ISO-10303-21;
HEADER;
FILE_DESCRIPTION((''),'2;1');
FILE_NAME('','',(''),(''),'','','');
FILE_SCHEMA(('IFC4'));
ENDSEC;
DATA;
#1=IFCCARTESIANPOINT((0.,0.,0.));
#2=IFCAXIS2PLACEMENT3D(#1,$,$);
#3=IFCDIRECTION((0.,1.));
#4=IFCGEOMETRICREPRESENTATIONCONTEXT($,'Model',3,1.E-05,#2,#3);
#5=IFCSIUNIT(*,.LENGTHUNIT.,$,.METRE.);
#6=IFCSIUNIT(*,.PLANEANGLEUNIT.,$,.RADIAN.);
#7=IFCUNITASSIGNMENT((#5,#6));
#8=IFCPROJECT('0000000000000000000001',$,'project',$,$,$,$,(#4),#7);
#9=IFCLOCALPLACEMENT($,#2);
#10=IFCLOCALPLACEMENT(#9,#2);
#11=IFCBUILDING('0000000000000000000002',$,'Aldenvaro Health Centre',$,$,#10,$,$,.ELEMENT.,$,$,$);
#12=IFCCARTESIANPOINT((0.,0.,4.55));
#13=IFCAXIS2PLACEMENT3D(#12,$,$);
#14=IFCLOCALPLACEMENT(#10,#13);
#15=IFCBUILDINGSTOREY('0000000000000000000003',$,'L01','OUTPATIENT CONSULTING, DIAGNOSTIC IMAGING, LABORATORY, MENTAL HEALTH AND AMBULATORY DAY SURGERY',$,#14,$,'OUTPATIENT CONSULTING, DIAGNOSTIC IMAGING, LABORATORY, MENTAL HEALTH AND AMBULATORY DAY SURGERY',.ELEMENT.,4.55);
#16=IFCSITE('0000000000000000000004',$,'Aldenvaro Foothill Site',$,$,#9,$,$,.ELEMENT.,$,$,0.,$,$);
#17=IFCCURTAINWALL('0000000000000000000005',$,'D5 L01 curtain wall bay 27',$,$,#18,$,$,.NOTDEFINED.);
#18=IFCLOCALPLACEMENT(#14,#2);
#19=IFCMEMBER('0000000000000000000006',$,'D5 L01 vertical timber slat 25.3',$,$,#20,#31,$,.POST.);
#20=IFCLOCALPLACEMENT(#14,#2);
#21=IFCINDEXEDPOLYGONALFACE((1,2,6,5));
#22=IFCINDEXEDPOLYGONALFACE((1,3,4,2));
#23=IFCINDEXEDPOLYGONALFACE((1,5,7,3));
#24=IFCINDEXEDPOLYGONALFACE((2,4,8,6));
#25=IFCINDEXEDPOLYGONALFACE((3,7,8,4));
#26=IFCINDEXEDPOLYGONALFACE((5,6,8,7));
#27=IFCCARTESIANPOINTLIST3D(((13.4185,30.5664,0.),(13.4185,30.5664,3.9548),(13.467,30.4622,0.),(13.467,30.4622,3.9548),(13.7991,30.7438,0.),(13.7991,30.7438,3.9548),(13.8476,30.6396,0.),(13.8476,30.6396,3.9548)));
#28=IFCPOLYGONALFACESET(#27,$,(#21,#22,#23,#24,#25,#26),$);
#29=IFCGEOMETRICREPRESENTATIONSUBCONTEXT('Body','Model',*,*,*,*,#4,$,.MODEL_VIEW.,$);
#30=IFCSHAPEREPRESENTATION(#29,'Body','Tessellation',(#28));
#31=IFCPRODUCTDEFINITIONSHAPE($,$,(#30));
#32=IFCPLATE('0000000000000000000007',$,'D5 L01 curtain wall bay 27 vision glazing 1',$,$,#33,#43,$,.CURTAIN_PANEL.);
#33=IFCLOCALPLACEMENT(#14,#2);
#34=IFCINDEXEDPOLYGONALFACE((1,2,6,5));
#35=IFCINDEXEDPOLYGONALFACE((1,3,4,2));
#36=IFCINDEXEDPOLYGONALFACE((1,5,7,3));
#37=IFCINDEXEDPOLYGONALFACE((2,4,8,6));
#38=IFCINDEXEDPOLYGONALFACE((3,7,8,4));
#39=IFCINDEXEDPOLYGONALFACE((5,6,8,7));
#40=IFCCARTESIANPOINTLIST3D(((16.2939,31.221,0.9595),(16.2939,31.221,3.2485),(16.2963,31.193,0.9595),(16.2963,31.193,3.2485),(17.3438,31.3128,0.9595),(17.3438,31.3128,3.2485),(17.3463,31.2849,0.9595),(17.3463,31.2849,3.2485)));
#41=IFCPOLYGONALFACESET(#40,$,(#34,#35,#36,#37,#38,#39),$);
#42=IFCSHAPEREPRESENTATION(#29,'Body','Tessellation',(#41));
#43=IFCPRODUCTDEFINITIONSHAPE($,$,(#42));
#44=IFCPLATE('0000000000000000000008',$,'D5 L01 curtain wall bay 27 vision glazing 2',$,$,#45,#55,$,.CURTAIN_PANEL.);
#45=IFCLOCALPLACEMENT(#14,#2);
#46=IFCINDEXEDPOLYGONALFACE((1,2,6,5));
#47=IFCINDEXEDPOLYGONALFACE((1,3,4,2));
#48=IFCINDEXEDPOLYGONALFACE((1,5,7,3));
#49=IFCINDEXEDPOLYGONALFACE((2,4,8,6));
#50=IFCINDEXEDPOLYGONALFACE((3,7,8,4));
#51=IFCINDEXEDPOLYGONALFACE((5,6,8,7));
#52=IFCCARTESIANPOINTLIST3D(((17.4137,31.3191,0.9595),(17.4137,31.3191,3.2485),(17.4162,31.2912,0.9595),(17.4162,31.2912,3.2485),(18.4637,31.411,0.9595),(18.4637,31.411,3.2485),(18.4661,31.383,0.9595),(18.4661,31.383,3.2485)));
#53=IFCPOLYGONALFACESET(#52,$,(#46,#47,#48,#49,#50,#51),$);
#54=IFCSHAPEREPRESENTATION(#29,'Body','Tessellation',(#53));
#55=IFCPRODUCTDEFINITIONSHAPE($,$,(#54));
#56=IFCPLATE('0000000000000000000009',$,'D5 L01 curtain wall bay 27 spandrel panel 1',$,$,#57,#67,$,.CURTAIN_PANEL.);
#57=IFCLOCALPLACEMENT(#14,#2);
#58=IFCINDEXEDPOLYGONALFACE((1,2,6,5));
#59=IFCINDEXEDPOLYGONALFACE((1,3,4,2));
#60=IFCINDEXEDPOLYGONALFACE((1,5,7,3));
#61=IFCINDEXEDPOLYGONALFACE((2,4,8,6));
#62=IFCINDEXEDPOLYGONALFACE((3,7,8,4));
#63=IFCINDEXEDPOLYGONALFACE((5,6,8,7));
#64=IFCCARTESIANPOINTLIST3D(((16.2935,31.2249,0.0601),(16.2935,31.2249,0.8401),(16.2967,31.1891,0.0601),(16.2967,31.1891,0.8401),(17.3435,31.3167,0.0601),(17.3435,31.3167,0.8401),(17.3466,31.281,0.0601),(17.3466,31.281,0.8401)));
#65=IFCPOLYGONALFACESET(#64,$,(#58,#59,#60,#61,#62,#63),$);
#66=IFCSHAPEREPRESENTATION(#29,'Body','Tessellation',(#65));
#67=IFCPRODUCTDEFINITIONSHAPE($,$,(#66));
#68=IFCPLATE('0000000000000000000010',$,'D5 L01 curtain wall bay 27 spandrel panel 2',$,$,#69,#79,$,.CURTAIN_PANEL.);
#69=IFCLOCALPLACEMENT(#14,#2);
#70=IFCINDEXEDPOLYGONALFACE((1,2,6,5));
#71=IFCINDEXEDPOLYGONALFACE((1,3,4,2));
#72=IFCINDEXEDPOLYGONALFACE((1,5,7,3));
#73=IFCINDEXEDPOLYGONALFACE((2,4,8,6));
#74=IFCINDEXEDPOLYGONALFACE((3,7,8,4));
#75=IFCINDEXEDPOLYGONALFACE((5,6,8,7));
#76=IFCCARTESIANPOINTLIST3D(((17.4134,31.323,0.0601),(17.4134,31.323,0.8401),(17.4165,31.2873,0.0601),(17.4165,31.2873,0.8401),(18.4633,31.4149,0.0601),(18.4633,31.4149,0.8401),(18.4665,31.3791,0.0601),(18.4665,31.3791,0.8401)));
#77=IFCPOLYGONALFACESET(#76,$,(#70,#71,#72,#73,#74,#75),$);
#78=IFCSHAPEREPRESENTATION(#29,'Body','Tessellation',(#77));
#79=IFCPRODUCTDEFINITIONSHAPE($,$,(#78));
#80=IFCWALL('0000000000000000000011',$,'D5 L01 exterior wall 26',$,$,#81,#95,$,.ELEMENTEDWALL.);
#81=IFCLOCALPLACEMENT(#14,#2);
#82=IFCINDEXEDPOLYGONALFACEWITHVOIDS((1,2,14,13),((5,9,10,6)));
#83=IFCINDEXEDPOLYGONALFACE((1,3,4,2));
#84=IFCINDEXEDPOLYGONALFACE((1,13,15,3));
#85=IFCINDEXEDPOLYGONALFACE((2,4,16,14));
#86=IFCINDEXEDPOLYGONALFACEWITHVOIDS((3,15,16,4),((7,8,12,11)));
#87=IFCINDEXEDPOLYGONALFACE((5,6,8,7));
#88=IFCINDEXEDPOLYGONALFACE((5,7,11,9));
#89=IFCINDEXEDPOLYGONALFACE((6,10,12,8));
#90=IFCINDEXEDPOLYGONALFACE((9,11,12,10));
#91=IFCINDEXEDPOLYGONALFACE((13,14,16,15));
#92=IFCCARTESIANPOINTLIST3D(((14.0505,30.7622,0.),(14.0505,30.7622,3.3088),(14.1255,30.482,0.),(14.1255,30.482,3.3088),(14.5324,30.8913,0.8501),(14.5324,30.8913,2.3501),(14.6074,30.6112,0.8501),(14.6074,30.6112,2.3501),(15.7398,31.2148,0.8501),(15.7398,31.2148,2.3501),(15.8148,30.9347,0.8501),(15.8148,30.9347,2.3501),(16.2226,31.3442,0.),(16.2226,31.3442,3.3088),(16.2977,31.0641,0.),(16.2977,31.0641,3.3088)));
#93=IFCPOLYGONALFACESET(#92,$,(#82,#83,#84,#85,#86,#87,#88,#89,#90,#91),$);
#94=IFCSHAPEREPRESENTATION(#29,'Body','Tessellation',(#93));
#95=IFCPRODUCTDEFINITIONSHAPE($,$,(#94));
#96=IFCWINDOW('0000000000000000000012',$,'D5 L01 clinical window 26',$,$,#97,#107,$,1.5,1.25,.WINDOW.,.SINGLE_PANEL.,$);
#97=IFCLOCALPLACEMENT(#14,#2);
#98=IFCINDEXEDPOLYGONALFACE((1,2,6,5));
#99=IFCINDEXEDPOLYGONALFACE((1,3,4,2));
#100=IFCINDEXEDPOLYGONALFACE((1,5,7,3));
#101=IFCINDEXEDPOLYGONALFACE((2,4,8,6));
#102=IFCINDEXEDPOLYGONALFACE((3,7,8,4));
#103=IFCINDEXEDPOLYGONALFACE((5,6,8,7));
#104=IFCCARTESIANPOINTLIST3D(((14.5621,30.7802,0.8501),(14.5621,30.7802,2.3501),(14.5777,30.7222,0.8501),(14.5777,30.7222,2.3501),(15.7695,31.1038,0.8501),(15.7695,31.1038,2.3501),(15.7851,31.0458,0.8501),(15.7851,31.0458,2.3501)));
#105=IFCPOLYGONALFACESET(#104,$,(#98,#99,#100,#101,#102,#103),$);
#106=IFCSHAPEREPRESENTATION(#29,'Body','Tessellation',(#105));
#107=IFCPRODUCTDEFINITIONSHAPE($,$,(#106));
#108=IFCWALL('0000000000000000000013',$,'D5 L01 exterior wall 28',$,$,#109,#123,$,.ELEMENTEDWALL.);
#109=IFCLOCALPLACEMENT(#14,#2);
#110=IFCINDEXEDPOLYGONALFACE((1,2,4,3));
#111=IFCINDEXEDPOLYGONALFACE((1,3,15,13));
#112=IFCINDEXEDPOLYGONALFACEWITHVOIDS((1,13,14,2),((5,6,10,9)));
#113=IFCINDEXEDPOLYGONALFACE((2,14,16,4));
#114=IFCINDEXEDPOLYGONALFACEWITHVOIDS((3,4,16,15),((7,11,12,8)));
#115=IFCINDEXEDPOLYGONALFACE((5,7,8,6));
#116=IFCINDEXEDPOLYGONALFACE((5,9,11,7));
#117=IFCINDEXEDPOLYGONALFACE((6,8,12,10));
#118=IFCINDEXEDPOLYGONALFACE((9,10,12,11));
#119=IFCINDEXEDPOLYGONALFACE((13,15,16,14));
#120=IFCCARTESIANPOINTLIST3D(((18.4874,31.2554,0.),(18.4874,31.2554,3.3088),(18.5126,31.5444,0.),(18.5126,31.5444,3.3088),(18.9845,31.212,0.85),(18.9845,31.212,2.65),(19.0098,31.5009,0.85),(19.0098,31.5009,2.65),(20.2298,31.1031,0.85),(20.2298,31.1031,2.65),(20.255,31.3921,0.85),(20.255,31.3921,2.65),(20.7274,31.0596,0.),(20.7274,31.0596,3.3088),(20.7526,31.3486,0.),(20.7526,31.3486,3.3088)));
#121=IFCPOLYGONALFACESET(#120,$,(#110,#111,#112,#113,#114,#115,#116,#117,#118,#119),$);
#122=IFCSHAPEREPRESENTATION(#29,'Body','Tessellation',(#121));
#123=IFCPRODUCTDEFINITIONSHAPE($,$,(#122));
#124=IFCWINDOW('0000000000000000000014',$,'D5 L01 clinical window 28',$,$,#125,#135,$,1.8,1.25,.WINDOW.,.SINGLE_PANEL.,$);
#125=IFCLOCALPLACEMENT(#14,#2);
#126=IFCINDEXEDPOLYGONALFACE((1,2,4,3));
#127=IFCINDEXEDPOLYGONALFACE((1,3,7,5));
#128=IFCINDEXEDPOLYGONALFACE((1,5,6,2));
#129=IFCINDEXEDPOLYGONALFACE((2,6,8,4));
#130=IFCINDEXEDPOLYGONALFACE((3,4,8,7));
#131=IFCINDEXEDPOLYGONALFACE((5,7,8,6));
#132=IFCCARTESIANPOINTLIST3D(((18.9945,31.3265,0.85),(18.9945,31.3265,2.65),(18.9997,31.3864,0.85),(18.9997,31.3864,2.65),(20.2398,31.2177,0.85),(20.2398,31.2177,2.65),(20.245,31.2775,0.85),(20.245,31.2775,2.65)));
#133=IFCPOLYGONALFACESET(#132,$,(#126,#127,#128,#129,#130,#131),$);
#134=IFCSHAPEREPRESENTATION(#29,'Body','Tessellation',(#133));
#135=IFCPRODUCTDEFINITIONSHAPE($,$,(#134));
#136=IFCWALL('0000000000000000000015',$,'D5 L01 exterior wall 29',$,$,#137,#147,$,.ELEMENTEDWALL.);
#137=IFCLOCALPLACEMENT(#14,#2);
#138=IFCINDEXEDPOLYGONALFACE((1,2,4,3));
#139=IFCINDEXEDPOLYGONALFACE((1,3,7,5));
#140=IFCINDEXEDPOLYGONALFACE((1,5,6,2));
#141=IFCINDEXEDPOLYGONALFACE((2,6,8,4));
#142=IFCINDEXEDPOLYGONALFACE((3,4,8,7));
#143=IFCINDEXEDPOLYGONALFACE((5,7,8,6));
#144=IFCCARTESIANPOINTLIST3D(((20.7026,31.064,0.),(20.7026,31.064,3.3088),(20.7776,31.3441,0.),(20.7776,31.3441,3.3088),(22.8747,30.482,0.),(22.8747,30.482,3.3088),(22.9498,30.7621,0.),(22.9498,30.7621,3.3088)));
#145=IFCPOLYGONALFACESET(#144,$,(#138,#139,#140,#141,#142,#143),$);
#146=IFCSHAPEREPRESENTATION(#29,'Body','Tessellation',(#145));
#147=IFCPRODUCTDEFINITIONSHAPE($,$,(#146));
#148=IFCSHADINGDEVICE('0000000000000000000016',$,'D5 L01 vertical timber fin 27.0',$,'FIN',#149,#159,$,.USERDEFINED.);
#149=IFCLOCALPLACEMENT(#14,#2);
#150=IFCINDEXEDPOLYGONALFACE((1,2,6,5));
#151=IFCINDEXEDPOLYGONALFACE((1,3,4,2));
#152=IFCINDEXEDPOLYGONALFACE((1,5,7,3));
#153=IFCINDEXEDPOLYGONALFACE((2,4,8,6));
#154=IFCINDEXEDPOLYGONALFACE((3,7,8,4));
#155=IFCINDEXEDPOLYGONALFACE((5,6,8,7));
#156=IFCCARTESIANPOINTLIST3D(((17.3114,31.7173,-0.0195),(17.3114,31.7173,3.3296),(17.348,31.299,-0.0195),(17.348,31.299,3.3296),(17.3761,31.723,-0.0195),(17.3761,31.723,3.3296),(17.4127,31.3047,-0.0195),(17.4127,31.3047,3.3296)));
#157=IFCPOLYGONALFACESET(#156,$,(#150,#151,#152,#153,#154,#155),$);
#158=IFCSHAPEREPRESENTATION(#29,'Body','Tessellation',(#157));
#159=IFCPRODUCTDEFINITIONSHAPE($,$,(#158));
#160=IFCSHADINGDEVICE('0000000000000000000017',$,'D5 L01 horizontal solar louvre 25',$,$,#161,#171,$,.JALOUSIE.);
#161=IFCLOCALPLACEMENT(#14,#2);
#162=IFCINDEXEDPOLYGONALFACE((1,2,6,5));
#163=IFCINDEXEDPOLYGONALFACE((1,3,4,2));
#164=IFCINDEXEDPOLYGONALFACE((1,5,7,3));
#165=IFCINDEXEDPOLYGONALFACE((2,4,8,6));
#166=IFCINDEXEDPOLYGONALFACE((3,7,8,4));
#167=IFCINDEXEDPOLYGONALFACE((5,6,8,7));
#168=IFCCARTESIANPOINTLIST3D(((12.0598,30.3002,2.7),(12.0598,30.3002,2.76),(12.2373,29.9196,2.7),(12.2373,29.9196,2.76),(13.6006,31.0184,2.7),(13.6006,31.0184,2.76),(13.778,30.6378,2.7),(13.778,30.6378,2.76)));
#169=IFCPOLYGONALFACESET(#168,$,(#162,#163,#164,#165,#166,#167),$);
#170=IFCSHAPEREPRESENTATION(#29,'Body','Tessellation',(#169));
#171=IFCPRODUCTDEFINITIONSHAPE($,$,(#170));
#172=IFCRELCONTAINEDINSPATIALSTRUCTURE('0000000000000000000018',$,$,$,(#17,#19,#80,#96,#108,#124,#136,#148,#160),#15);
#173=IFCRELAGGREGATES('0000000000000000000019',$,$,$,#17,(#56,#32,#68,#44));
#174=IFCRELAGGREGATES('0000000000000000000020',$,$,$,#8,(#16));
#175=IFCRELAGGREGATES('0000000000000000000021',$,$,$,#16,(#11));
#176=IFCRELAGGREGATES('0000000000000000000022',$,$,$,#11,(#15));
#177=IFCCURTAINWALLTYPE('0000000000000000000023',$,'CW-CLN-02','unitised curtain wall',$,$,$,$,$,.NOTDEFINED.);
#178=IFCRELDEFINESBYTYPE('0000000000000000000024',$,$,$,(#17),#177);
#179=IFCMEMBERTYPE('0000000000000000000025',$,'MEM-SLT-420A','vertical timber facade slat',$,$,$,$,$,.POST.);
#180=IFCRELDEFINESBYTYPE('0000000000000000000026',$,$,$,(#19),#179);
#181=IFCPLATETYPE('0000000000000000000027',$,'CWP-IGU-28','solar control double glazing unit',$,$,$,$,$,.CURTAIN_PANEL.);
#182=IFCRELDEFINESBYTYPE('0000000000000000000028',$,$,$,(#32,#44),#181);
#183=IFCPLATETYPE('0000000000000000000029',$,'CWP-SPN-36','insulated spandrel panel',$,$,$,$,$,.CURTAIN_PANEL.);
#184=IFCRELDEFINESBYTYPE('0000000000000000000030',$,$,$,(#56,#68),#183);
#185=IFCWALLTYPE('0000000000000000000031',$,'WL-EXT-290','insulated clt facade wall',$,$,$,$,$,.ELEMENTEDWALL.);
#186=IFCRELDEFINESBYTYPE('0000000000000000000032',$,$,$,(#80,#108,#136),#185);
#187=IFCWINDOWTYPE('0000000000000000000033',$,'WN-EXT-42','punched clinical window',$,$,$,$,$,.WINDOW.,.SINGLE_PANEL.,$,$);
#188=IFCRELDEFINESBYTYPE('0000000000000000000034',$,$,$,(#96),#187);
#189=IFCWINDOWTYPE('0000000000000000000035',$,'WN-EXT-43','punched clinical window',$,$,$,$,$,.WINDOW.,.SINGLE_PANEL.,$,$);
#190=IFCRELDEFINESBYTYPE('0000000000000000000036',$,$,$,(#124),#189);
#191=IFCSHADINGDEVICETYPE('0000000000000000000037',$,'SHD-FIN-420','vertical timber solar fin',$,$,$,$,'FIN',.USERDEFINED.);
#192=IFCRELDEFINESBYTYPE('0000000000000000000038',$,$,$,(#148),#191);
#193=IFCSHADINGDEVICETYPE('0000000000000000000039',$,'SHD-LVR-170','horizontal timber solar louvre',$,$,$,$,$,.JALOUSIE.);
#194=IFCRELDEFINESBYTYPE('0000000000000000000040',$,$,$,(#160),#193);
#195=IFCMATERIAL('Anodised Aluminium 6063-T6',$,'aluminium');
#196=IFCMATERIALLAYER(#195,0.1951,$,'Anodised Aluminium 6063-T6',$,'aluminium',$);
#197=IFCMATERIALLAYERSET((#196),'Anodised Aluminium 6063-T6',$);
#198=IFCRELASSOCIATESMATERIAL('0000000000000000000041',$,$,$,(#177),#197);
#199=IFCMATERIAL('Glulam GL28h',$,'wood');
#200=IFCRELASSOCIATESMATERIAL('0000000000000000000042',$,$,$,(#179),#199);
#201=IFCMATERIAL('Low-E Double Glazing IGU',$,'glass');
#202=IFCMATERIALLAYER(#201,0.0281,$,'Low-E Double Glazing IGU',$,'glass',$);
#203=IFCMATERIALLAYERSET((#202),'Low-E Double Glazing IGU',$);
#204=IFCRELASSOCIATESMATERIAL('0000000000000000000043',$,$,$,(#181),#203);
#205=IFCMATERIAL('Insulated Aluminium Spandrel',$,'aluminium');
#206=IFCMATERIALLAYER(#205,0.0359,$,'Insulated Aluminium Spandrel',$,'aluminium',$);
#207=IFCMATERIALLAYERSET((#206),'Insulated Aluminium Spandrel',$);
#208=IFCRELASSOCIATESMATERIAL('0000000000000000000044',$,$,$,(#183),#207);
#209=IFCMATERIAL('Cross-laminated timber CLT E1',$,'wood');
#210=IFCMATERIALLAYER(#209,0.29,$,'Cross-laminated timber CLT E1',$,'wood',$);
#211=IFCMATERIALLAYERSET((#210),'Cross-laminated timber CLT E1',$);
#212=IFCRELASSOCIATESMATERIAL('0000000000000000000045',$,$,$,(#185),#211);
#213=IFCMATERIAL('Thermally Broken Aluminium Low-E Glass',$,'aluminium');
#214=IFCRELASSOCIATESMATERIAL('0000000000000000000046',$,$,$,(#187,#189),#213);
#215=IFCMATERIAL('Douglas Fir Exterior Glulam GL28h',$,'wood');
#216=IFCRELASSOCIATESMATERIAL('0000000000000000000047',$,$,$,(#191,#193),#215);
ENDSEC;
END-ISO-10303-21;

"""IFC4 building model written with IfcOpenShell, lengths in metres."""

from ifc_helpers import new_model, si_unit, direction, frame, frame_2d, origin, origin_2d, place, context, subcontext, project, spatial, rectangle, extrude, material, layer, layer_set, material_profile, profile_set, type_object, element, fill, aggregate, save


model = new_model("IFC4")

# Units and contexts
model_context = context("Model", 3, precision=1e-05, world=origin(), true_north=direction((0.0, 1.0)))
body_context = subcontext(model_context, "Body", "Model", "MODEL_VIEW")
ifc_project = project(units=[si_unit("LENGTHUNIT", "METRE"), si_unit("PLANEANGLEUNIT", "RADIAN")], contexts=[model_context])

# Site, building, storey
site_placement = place(None, origin())
site = spatial("IfcSite", under=ifc_project, at=site_placement, Name="Aldenvaro Foothill Site", CompositionType="ELEMENT", RefElevation=0.0)
building_placement = place(site_placement, origin())
building = spatial("IfcBuilding", under=site, at=building_placement, Name="Aldenvaro Health Centre", CompositionType="ELEMENT")
storey_placement = place(building_placement, frame((0.0, 0.0, 4.55)))
storey = spatial("IfcBuildingStorey", under=building, at=storey_placement, Name="L01", Description="OUTPATIENT CONSULTING, DIAGNOSTIC IMAGING, LABORATORY, MENTAL HEALTH AND AMBULATORY DAY SURGERY", LongName="OUTPATIENT CONSULTING, DIAGNOSTIC IMAGING, LABORATORY, MENTAL HEALTH AND AMBULATORY DAY SURGERY", CompositionType="ELEMENT", Elevation=4.55)

# Shared definitions
ifc_material_1 = material(Name="Glulam GL28h", Category="wood")

# Curtain wall
ifc_material_2 = material(Name="Anodised Aluminium 6063-T6", Category="aluminium")
ifc_layer_1 = layer(ifc_material_2, 0.1951, Name="Anodised Aluminium 6063-T6", Category="aluminium")
ifc_layer_set_1 = layer_set([ifc_layer_1], Name="Anodised Aluminium 6063-T6")
curtain_wall_type = type_object("IfcCurtainWallType", Name="CW-CLN-02", Description="unitised curtain wall", PredefinedType="NOTDEFINED", material=ifc_layer_set_1)
curtain_wall_placement = place(storey_placement, origin())
curtain_wall = element("IfcCurtainWall", 1, at=curtain_wall_placement, inside=storey, type_object=curtain_wall_type, Name="D5 L01 curtain wall bay 27", PredefinedType="NOTDEFINED")

# Member
ifc_material_profile_1 = material_profile(ifc_material_1, rectangle(XDim=0.115, YDim=0.4199, at=origin_2d()), Name="GL 115x420", Category="wood")
ifc_profile_set_1 = profile_set([ifc_material_profile_1], Name="Glulam GL28h")
member_type_1 = type_object("IfcMemberType", Name="MEM-SLT-420A", Description="vertical timber facade slat", PredefinedType="POST", material=ifc_profile_set_1)
for number, where, z_axis, x_axis, name in (
    (2, (13.6331, 30.603, 0.0), (0.0, 0.0, 1.0), (-0.422496, 0.906365, 0.0), "D5 L01 vertical timber slat 25.3"),
):
    element("IfcMember", number, at=place(storey_placement, frame(where, z_axis=z_axis, x_axis=x_axis)), inside=storey, type_object=member_type_1, Name=name, PredefinedType="POST", context=body_context, shape_type="SweptSolid", body=[
        extrude(rectangle(XDim=0.115, YDim=0.4199, at=origin_2d()), origin(), (0.0, 0.0, 1.0), 3.9548),
    ])

# Plates
ifc_material_3 = material(Name="Low-E Double Glazing IGU", Category="glass")
ifc_layer_2 = layer(ifc_material_3, 0.0281, Name="Low-E Double Glazing IGU", Category="glass")
ifc_layer_set_2 = layer_set([ifc_layer_2], Name="Low-E Double Glazing IGU")
plate_type_1 = type_object("IfcPlateType", Name="CWP-IGU-28", Description="solar control double glazing unit", PredefinedType="CURTAIN_PANEL", material=ifc_layer_set_2)
plate_1_placement = place(storey_placement, frame((16.8201, 31.2529, 0.9595), z_axis=(0.0, 0.0, 1.0), x_axis=(0.996194, 0.087167, 0.0)))
plate_1 = element("IfcPlate", 3, at=plate_1_placement, type_object=plate_type_1, Name="D5 L01 curtain wall bay 27 vision glazing 1", PredefinedType="CURTAIN_PANEL", context=body_context, shape_type="SweptSolid", body=[
    extrude(rectangle(XDim=1.054, YDim=0.0281, at=origin_2d()), origin(), (0.0, 0.0, 1.0), 2.2891),
])
plate_2_placement = place(storey_placement, frame((17.9399, 31.3511, 0.9595), z_axis=(0.0, 0.0, 1.0), x_axis=(0.996194, 0.087167, 0.0)))
plate_2 = element("IfcPlate", 4, at=plate_2_placement, type_object=plate_type_1, Name="D5 L01 curtain wall bay 27 vision glazing 2", PredefinedType="CURTAIN_PANEL", context=body_context, shape_type="SweptSolid", body=[
    extrude(rectangle(XDim=1.054, YDim=0.0281, at=origin_2d()), origin(), (0.0, 0.0, 1.0), 2.2891),
])
ifc_material_4 = material(Name="Insulated Aluminium Spandrel", Category="aluminium")
ifc_layer_3 = layer(ifc_material_4, 0.0359, Name="Insulated Aluminium Spandrel", Category="aluminium")
ifc_layer_set_3 = layer_set([ifc_layer_3], Name="Insulated Aluminium Spandrel")
plate_type_2 = type_object("IfcPlateType", Name="CWP-SPN-36", Description="insulated spandrel panel", PredefinedType="CURTAIN_PANEL", material=ifc_layer_set_3)
plate_3_placement = place(storey_placement, frame((16.8201, 31.2529, 0.0601), z_axis=(0.0, 0.0, 1.0), x_axis=(0.996194, 0.087167, 0.0)))
plate_3 = element("IfcPlate", 5, at=plate_3_placement, type_object=plate_type_2, Name="D5 L01 curtain wall bay 27 spandrel panel 1", PredefinedType="CURTAIN_PANEL", context=body_context, shape_type="SweptSolid", body=[
    extrude(rectangle(XDim=1.054, YDim=0.0359, at=origin_2d()), origin(), (0.0, 0.0, 1.0), 0.78),
])
plate_4_placement = place(storey_placement, frame((17.9399, 31.3511, 0.0601), z_axis=(0.0, 0.0, 1.0), x_axis=(0.996194, 0.087167, 0.0)))
plate_4 = element("IfcPlate", 6, at=plate_4_placement, type_object=plate_type_2, Name="D5 L01 curtain wall bay 27 spandrel panel 2", PredefinedType="CURTAIN_PANEL", context=body_context, shape_type="SweptSolid", body=[
    extrude(rectangle(XDim=1.054, YDim=0.0359, at=origin_2d()), origin(), (0.0, 0.0, 1.0), 0.78),
])
aggregate(curtain_wall, [plate_3, plate_1, plate_4, plate_2])

# Walls, openings, windows
ifc_material_5 = material(Name="Cross-laminated timber CLT E1", Category="wood")
ifc_layer_4 = layer(ifc_material_5, 0.29, Name="Cross-laminated timber CLT E1", Category="wood")
ifc_layer_set_4 = layer_set([ifc_layer_4], Name="Cross-laminated timber CLT E1")
wall_type = type_object("IfcWallType", Name="WL-EXT-290", Description="insulated clt facade wall", PredefinedType="ELEMENTEDWALL", material=ifc_layer_set_4)
wall_1_placement = place(storey_placement, frame((14.0879, 30.6221, 0.0), z_axis=(0.0, 0.0, 1.0), x_axis=(0.965924, 0.258825, 0.0)))
wall_1 = element("IfcWall", 7, at=wall_1_placement, inside=storey, type_object=wall_type, Name="D5 L01 exterior wall 26", PredefinedType="ELEMENTEDWALL", context=body_context, shape_type="SweptSolid", body=[
    extrude(rectangle(XDim=2.2488, YDim=0.29, at=frame_2d((1.1245, 0.0))), origin(), (0.0, 0.0, 1.0), 3.3088),
])
opening_1_placement = place(wall_1_placement, frame((0.499, 0.0, 0.8501)))
opening_1 = element("IfcOpeningElement", 8, at=opening_1_placement, cuts=wall_1, PredefinedType="OPENING", context=body_context, shape_type="SweptSolid", body=[
    extrude(rectangle(XDim=1.25, YDim=1.5, at=frame_2d((0.625, 0.75))), frame((0.0, 0.155, 0.0), z_axis=(0.0, -1.0, 0.0), x_axis=(1.0, 0.0, 0.0)), (0.0, 0.0, 1.0), 0.3101),
])
ifc_material_6 = material(Name="Thermally Broken Aluminium Low-E Glass", Category="aluminium")
window_type_1 = type_object("IfcWindowType", Name="WN-EXT-42", Description="punched clinical window", PartitioningType="SINGLE_PANEL", PredefinedType="WINDOW", material=ifc_material_6)
window_1_placement = place(opening_1_placement, origin())
window_1 = element("IfcWindow", 9, at=window_1_placement, inside=storey, type_object=window_type_1, Name="D5 L01 clinical window 26", OverallHeight=1.5, OverallWidth=1.25, PartitioningType="SINGLE_PANEL", PredefinedType="WINDOW", context=body_context, shape_type="SweptSolid", body=[
    extrude(rectangle(XDim=1.25, YDim=1.5, at=frame_2d((0.625, 0.75))), frame((0.0, 0.03, 0.0), z_axis=(0.0, -1.0, 0.0), x_axis=(1.0, 0.0, 0.0)), (0.0, 0.0, 1.0), 0.0601),
])
fill(opening_1, window_1)
wall_2_placement = place(storey_placement, frame((18.5, 31.3999, 0.0), z_axis=(0.0, 0.0, 1.0), x_axis=(0.996201, -0.087079, 0.0)))
wall_2 = element("IfcWall", 10, at=wall_2_placement, inside=storey, type_object=wall_type, Name="D5 L01 exterior wall 28", PredefinedType="ELEMENTEDWALL", context=body_context, shape_type="SweptSolid", body=[
    extrude(rectangle(XDim=2.2485, YDim=0.29, at=frame_2d((1.1243, 0.0))), origin(), (0.0, 0.0, 1.0), 3.3088),
])
opening_2_placement = place(wall_2_placement, frame((0.499, 0.0, 0.8501)))
opening_2 = element("IfcOpeningElement", 11, at=opening_2_placement, cuts=wall_2, PredefinedType="OPENING", context=body_context, shape_type="SweptSolid", body=[
    extrude(rectangle(XDim=1.25, YDim=1.8, at=frame_2d((0.625, 0.8999))), frame((0.0, 0.155, 0.0), z_axis=(0.0, -1.0, 0.0), x_axis=(1.0, 0.0, 0.0)), (0.0, 0.0, 1.0), 0.3101),
])
window_type_2 = type_object("IfcWindowType", Name="WN-EXT-43", Description="punched clinical window", PartitioningType="SINGLE_PANEL", PredefinedType="WINDOW", material=ifc_material_6)
window_2_placement = place(opening_2_placement, origin())
window_2 = element("IfcWindow", 12, at=window_2_placement, inside=storey, type_object=window_type_2, Name="D5 L01 clinical window 28", OverallHeight=1.8, OverallWidth=1.25, PartitioningType="SINGLE_PANEL", PredefinedType="WINDOW", context=body_context, shape_type="SweptSolid", body=[
    extrude(rectangle(XDim=1.25, YDim=1.8, at=frame_2d((0.625, 0.8999))), frame((0.0, 0.03, 0.0), z_axis=(0.0, -1.0, 0.0), x_axis=(1.0, 0.0, 0.0)), (0.0, 0.0, 1.0), 0.0601),
])
fill(opening_2, window_2)

# Wall
wall_3_placement = place(storey_placement, frame((20.74, 31.2041, 0.0), z_axis=(0.0, 0.0, 1.0), x_axis=(0.965924, -0.258825, 0.0)))
element("IfcWall", 13, at=wall_3_placement, inside=storey, type_object=wall_type, Name="D5 L01 exterior wall 29", PredefinedType="ELEMENTEDWALL", context=body_context, shape_type="SweptSolid", body=[
    extrude(rectangle(XDim=2.2488, YDim=0.29, at=frame_2d((1.1245, 0.0))), origin(), (0.0, 0.0, 1.0), 3.3088),
])

# Shading devices
ifc_material_7 = material(Name="Douglas Fir Exterior Glulam GL28h", Category="wood")
shading_device_type_1 = type_object("IfcShadingDeviceType", Name="SHD-FIN-420", Description="vertical timber solar fin", ElementType="FIN", PredefinedType="USERDEFINED", material=ifc_material_7)
shading_device_1_placement = place(storey_placement, frame((17.3621, 31.511, -0.0195), z_axis=(0.0, 0.0, 1.0), x_axis=(0.996194, 0.087167, 0.0)))
element("IfcShadingDevice", 14, at=shading_device_1_placement, inside=storey, type_object=shading_device_type_1, Name="D5 L01 vertical timber fin 27.0", ObjectType="FIN", PredefinedType="USERDEFINED", context=body_context, shape_type="SweptSolid", body=[
    extrude(rectangle(XDim=0.0649, YDim=0.4199, at=origin_2d()), origin(), (0.0, 0.0, 1.0), 3.3491),
])
shading_device_type_2 = type_object("IfcShadingDeviceType", Name="SHD-LVR-170", Description="horizontal timber solar louvre", PredefinedType="JALOUSIE", material=ifc_material_7)
shading_device_2_placement = place(storey_placement, frame((12.9189, 30.469, 2.7), z_axis=(0.0, 0.0, 1.0), x_axis=(0.906365, 0.422496, 0.0)))
element("IfcShadingDevice", 15, at=shading_device_2_placement, inside=storey, type_object=shading_device_type_2, Name="D5 L01 horizontal solar louvre 25", PredefinedType="JALOUSIE", context=body_context, shape_type="SweptSolid", body=[
    extrude(rectangle(XDim=1.7, YDim=0.4199, at=origin_2d()), origin(), (0.0, 0.0, 1.0), 0.0601),
])

save(model, "model.ifc")
